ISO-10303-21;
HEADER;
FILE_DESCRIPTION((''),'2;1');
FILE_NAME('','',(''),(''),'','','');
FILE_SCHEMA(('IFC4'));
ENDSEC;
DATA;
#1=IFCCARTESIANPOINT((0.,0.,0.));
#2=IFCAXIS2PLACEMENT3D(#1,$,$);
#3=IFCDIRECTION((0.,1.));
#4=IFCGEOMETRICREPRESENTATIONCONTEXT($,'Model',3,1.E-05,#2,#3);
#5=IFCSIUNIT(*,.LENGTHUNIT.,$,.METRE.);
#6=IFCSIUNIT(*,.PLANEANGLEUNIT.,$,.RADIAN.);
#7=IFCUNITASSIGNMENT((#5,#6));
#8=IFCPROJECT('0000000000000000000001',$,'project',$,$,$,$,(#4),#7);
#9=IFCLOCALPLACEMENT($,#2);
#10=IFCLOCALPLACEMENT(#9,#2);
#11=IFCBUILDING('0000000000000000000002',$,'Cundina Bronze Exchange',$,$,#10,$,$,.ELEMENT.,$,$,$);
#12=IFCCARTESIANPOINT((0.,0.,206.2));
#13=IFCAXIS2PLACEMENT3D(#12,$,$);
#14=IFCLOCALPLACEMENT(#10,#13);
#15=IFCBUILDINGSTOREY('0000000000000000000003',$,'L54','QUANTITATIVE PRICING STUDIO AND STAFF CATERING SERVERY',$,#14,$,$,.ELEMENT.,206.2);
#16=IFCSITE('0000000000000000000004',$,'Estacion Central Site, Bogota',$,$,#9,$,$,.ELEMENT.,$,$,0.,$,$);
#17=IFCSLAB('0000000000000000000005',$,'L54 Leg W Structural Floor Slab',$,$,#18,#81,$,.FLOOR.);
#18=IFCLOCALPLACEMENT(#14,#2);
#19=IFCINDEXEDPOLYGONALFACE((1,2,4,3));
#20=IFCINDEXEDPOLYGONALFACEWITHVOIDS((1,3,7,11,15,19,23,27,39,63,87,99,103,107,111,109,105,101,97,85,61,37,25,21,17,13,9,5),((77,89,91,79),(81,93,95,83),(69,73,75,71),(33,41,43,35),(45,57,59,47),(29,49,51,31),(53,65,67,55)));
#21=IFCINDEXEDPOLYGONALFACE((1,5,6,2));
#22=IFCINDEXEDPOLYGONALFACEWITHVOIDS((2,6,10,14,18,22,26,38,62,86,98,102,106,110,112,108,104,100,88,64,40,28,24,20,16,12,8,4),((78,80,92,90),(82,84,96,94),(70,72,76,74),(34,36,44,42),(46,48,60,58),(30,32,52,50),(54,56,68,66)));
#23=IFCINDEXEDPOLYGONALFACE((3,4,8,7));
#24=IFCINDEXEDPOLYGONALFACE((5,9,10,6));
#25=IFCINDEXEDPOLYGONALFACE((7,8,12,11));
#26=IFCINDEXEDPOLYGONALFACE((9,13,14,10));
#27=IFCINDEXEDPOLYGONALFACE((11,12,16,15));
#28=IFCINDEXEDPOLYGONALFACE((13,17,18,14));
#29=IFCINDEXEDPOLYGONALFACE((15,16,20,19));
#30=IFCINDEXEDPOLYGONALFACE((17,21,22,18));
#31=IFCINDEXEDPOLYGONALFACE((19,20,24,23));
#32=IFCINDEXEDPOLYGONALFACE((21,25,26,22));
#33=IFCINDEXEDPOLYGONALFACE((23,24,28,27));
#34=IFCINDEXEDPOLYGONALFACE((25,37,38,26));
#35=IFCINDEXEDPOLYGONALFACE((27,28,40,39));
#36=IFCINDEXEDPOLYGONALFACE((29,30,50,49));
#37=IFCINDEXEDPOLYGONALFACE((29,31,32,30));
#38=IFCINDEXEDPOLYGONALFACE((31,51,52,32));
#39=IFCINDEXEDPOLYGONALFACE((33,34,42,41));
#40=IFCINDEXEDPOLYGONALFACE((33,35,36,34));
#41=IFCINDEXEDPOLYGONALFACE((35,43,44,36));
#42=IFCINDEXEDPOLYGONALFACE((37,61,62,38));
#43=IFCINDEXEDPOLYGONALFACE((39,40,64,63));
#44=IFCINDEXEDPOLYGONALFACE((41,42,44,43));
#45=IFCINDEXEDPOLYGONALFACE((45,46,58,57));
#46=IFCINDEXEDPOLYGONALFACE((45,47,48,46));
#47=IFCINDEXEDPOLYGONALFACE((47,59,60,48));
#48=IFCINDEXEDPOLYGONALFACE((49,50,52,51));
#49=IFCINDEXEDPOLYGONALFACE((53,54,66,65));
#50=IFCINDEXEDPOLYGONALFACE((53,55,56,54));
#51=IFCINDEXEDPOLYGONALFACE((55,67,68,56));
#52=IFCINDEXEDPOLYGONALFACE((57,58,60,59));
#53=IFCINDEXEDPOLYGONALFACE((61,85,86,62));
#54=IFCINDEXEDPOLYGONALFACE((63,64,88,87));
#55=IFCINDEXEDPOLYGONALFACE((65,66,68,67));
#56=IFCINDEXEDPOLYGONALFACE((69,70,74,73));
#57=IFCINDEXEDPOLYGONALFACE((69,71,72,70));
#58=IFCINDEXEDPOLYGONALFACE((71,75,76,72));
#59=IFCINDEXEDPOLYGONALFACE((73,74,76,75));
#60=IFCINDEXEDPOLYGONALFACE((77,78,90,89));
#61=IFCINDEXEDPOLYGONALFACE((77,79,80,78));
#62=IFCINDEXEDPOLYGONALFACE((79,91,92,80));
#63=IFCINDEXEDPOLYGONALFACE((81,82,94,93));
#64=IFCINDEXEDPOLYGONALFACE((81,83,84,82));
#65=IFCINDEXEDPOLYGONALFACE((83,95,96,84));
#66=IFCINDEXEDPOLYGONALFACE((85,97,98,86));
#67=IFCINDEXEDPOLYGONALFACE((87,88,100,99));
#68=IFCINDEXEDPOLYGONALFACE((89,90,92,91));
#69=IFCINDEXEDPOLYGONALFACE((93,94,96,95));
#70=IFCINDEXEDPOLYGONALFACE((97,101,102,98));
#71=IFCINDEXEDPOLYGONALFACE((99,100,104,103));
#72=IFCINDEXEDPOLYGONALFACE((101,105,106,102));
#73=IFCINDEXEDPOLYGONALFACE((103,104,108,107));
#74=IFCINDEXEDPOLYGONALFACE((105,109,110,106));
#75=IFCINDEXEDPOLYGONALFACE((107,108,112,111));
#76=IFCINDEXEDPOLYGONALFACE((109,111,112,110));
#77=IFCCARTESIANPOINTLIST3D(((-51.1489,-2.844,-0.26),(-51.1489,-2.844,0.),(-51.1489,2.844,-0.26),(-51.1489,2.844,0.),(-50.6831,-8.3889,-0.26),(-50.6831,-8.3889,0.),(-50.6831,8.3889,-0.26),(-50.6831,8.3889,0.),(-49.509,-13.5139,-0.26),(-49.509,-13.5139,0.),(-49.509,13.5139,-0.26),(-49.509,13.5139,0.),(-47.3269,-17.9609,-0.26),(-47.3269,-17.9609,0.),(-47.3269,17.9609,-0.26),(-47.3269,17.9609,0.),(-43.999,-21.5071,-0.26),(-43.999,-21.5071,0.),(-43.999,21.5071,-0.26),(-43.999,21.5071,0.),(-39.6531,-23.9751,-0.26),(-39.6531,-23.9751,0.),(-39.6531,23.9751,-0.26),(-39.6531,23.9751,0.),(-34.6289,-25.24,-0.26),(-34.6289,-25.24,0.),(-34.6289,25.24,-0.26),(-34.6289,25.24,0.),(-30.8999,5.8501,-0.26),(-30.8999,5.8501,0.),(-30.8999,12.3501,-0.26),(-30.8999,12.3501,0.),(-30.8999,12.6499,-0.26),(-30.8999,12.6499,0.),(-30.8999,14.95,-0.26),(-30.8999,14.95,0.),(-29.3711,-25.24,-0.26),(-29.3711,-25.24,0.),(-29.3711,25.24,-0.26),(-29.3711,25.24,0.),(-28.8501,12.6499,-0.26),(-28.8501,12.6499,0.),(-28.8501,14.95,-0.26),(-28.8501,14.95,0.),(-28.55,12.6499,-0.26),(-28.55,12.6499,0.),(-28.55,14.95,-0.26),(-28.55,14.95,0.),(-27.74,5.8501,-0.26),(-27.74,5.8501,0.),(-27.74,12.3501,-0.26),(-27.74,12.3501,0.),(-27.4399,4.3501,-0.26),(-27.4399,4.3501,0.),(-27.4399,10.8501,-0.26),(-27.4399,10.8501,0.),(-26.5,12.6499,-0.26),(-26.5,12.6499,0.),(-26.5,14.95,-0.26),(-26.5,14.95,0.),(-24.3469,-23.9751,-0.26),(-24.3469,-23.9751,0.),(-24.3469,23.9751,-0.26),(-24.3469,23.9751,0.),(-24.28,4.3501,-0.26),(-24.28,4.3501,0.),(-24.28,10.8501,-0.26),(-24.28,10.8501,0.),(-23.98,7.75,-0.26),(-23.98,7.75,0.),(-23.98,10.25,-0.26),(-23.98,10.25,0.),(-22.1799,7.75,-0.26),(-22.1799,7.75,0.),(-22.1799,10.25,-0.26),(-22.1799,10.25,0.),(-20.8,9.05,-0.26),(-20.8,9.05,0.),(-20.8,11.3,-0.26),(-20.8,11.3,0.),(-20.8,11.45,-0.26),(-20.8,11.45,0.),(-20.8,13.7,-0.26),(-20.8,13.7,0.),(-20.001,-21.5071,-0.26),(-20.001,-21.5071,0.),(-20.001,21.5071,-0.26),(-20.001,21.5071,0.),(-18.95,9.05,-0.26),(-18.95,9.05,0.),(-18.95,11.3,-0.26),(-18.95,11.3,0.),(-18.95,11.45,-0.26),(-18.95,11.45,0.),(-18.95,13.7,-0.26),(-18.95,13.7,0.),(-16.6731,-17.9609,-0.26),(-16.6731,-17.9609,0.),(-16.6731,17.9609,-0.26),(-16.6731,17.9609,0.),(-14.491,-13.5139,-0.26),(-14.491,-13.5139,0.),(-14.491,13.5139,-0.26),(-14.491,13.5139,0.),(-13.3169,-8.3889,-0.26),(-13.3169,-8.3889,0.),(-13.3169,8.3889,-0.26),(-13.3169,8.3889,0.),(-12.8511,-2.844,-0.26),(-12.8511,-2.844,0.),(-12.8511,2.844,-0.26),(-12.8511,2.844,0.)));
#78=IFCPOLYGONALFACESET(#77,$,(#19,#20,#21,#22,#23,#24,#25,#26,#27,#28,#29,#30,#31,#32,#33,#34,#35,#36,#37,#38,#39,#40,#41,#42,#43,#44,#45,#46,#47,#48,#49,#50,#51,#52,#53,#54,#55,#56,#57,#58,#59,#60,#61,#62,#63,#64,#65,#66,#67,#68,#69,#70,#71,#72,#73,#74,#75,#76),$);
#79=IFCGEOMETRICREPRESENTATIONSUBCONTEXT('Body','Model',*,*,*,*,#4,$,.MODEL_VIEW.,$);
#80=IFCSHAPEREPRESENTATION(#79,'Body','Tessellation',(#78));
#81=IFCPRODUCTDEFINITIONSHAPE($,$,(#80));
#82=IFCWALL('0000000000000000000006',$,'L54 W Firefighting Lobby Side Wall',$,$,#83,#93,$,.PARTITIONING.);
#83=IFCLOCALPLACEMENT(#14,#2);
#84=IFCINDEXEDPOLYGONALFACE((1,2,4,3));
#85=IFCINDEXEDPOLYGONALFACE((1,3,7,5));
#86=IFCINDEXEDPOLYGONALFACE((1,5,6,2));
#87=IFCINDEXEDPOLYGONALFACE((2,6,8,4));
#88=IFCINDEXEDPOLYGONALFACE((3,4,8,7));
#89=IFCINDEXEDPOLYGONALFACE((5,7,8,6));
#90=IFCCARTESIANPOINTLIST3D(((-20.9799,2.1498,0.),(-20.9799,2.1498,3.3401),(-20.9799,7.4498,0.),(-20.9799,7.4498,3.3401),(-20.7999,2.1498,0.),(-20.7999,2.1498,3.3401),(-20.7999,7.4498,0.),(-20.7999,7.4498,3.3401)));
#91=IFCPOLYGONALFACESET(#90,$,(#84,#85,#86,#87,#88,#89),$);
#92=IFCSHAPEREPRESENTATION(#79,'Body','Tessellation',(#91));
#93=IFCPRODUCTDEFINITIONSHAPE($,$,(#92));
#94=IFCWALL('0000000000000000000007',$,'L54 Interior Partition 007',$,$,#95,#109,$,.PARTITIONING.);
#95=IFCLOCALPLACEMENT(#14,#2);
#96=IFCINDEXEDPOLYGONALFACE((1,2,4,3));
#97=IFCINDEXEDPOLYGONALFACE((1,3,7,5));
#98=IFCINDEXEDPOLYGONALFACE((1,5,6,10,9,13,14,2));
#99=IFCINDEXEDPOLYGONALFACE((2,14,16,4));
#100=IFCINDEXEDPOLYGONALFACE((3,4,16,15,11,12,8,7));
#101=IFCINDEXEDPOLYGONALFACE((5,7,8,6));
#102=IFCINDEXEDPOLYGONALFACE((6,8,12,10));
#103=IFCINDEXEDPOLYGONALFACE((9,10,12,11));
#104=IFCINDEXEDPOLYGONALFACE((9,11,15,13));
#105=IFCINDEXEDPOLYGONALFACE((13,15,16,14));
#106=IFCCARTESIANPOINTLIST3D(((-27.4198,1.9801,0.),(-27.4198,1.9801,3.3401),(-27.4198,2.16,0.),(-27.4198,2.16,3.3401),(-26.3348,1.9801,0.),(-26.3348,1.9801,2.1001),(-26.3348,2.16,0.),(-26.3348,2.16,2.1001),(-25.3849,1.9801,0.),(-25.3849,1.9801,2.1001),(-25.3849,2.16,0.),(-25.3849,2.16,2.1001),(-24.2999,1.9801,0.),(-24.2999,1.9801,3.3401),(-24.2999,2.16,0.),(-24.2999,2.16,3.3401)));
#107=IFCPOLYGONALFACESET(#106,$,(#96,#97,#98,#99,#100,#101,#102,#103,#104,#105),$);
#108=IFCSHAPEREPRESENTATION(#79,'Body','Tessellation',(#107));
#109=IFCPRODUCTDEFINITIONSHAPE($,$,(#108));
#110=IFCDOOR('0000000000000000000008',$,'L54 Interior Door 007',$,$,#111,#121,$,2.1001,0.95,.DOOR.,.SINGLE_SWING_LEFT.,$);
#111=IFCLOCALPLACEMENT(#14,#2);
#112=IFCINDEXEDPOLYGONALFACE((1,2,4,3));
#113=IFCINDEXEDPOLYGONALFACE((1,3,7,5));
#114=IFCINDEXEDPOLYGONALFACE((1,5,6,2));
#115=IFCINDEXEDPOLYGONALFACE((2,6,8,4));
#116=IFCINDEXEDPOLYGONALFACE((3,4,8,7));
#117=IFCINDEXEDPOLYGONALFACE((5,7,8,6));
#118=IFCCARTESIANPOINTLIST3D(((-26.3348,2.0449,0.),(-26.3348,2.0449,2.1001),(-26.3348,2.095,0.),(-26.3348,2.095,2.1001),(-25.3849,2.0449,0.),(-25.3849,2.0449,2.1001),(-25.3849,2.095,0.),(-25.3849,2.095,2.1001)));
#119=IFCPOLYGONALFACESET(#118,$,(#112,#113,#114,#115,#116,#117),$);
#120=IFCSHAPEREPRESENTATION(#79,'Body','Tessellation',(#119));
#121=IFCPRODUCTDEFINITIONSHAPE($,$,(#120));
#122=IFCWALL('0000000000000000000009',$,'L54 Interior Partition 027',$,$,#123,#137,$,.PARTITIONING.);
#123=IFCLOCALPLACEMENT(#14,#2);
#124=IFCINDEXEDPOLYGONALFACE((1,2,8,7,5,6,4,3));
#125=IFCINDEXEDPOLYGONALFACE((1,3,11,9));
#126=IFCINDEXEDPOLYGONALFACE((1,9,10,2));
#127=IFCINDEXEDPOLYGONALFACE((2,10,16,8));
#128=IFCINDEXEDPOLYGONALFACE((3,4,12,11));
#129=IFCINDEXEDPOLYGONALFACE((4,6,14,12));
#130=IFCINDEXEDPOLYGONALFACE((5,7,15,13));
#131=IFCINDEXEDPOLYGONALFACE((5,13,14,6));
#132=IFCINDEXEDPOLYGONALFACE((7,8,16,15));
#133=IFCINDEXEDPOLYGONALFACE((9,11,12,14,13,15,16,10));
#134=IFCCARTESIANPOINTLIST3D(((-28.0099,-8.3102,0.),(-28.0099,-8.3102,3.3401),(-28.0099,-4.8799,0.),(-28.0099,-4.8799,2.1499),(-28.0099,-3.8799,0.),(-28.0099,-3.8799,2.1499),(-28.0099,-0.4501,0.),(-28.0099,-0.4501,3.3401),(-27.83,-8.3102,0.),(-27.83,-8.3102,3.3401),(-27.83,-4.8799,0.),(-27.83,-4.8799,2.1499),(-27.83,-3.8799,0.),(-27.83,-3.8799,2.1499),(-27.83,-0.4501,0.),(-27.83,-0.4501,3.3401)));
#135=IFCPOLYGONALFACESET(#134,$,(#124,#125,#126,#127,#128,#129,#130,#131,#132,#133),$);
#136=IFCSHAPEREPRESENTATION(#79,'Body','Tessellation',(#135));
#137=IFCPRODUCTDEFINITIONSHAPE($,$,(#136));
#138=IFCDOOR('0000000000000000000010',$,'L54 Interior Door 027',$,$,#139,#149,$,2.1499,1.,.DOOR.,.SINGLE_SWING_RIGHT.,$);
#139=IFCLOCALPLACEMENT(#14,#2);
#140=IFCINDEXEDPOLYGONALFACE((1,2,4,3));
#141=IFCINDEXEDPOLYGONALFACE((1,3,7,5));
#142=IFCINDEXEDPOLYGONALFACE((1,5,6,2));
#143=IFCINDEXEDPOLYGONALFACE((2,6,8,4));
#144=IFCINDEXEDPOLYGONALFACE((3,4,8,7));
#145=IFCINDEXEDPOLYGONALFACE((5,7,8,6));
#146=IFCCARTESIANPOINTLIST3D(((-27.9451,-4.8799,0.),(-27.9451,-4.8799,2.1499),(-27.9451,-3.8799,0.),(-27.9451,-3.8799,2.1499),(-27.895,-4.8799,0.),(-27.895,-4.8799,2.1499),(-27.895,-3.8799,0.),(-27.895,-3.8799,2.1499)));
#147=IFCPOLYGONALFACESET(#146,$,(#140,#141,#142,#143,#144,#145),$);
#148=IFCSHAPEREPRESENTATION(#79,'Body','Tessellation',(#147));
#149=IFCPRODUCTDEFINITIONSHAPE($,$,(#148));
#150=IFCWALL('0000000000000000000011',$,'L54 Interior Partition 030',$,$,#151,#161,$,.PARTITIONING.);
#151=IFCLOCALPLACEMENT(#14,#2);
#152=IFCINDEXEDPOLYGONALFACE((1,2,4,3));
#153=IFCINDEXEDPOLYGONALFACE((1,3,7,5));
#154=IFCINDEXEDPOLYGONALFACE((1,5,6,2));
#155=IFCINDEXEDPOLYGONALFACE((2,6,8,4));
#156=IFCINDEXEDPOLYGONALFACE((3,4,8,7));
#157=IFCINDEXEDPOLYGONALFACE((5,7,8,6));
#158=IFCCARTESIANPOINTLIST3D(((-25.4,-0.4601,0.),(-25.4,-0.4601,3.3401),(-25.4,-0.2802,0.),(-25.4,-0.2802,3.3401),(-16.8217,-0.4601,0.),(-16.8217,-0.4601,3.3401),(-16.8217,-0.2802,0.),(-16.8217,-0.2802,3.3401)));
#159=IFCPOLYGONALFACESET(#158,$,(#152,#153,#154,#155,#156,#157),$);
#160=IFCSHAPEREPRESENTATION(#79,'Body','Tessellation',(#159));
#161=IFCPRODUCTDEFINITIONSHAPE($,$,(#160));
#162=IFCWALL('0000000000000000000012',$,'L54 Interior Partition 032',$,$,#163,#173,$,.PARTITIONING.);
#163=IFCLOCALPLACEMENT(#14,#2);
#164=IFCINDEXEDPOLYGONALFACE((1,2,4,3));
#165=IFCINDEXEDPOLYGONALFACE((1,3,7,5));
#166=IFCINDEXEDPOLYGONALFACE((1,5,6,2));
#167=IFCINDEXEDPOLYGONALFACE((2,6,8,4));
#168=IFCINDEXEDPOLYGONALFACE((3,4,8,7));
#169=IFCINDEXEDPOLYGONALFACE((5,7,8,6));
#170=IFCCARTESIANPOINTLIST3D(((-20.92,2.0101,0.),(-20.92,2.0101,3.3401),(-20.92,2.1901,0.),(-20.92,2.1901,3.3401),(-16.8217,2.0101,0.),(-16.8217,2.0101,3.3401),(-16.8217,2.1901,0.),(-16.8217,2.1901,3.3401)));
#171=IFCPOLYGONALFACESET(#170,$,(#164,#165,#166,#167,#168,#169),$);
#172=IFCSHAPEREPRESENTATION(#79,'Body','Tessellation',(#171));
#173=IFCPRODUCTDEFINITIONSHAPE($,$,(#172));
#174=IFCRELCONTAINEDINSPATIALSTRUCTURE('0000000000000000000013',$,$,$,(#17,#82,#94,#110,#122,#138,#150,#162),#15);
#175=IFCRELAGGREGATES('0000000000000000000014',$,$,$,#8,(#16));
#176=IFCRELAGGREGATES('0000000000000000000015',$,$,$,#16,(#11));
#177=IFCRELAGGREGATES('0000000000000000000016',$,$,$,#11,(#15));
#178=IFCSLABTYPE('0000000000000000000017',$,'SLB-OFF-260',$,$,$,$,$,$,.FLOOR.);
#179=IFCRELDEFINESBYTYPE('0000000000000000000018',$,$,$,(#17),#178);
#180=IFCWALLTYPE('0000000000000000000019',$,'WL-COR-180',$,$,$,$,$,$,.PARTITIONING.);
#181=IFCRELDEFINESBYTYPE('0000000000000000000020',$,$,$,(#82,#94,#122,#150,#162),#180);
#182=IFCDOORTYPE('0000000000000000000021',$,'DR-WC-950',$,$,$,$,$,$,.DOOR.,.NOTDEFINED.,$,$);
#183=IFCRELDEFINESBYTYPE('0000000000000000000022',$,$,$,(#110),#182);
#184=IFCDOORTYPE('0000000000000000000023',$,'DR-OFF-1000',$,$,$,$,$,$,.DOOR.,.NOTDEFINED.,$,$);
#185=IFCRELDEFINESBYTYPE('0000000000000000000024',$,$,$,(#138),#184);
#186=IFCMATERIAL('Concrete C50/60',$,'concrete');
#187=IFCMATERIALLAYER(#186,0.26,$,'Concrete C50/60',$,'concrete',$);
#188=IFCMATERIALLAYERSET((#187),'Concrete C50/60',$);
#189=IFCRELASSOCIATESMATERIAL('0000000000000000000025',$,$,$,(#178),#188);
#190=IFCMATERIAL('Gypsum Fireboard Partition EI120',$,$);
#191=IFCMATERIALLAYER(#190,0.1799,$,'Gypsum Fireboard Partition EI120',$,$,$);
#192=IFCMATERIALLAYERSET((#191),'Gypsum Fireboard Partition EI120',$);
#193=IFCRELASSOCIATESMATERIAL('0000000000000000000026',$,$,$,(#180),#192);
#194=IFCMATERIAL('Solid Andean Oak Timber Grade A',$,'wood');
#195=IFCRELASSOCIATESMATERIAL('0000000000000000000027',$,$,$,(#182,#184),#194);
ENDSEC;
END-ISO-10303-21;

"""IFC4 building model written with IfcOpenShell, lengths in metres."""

from ifc_helpers import new_model, si_unit, direction, frame, frame_2d, origin, place, context, subcontext, project, spatial, polyline, rectangle, outline, extrude, material, layer, layer_set, type_object, element, fill, save


model = new_model("IFC4")

# Units and contexts
model_context = context("Model", 3, precision=1e-05, world=origin(), true_north=direction((0.0, 1.0)))
body_context = subcontext(model_context, "Body", "Model", "MODEL_VIEW")
ifc_project = project(units=[si_unit("LENGTHUNIT", "METRE"), si_unit("PLANEANGLEUNIT", "RADIAN")], contexts=[model_context])

# Site, building, storey
site_placement = place(None, origin())
site = spatial("IfcSite", under=ifc_project, at=site_placement, Name="Estacion Central Site, Bogota", CompositionType="ELEMENT", RefElevation=0.0)
building_placement = place(site_placement, origin())
building = spatial("IfcBuilding", under=site, at=building_placement, Name="Cundina Bronze Exchange", CompositionType="ELEMENT")
storey_placement = place(building_placement, frame((0.0, 0.0, 206.2)))
storey = spatial("IfcBuildingStorey", under=building, at=storey_placement, Name="L54", Description="QUANTITATIVE PRICING STUDIO AND STAFF CATERING SERVERY", CompositionType="ELEMENT", Elevation=206.2)

# Shared definitions
ifc_material_1 = material(Name="Concrete C50/60", Category="concrete")

# Slab
ifc_layer_1 = layer(ifc_material_1, 0.26, Name="Concrete C50/60", Category="concrete")
ifc_layer_set_1 = layer_set([ifc_layer_1], Name="Concrete C50/60")
slab_type = type_object("IfcSlabType", Name="SLB-OFF-260", PredefinedType="FLOOR", material=ifc_layer_set_1)
slab_placement = place(storey_placement, frame((0.0, 0.0, -0.26)))
element("IfcSlab", 1, at=slab_placement, inside=storey, type_object=slab_type, Name="L54 Leg W Structural Floor Slab", PredefinedType="FLOOR", context=body_context, shape_type="SweptSolid", body=[
    extrude(outline(polyline([(-12.8511, 2.844), (-13.3169, 8.3889), (-14.491, 13.5139), (-16.6731, 17.9609), (-20.001, 21.5071), (-24.3469, 23.9751), (-29.3711, 25.24), (-34.6289, 25.24), (-39.6531, 23.9751), (-43.999, 21.5071), (-47.3269, 17.9609), (-49.509, 13.5139), (-50.6831, 8.3889), (-51.1489, 2.844), (-51.1489, -2.844), (-50.6831, -8.3889), (-49.509, -13.5139), (-47.3269, -17.9609), (-43.999, -21.5071), (-39.6531, -23.9751), (-34.6289, -25.24), (-29.3711, -25.24), (-24.3469, -23.9751), (-20.001, -21.5071), (-16.6731, -17.9609), (-14.491, -13.5139), (-13.3169, -8.3889), (-12.8511, -2.844), (-12.8511, 2.844)]), holes=[polyline([(-27.74, 5.8501), (-27.74, 12.3501), (-30.8999, 12.3501), (-30.8999, 5.8501), (-27.74, 5.8501)]), polyline([(-27.4399, 10.8501), (-27.4399, 4.3501), (-24.28, 4.3501), (-24.28, 10.8501), (-27.4399, 10.8501)]), polyline([(-23.98, 10.25), (-22.1799, 10.25), (-22.1799, 7.75), (-23.98, 7.75), (-23.98, 10.25)]), polyline([(-30.8999, 14.95), (-28.8501, 14.95), (-28.8501, 12.6499), (-30.8999, 12.6499), (-30.8999, 14.95)]), polyline([(-28.55, 14.95), (-26.5, 14.95), (-26.5, 12.6499), (-28.55, 12.6499), (-28.55, 14.95)]), polyline([(-20.8, 13.7), (-18.95, 13.7), (-18.95, 11.45), (-20.8, 11.45), (-20.8, 13.7)]), polyline([(-20.8, 11.3), (-18.95, 11.3), (-18.95, 9.05), (-20.8, 9.05), (-20.8, 11.3)])]), origin(), (0.0, 0.0, 1.0), 0.26),
])

# Wall
ifc_material_2 = material(Name="Gypsum Fireboard Partition EI120")
ifc_layer_2 = layer(ifc_material_2, 0.1799, Name="Gypsum Fireboard Partition EI120")
ifc_layer_set_2 = layer_set([ifc_layer_2], Name="Gypsum Fireboard Partition EI120")
wall_type_1 = type_object("IfcWallType", Name="WL-COR-180", PredefinedType="PARTITIONING", material=ifc_layer_set_2)
wall_1_placement = place(storey_placement, frame((-20.8899, 2.1499, 0.0), z_axis=(0.0, 0.0, 1.0), x_axis=(0.0, 1.0, 0.0)))
element("IfcWall", 2, at=wall_1_placement, inside=storey, type_object=wall_type_1, Name="L54 W Firefighting Lobby Side Wall", PredefinedType="PARTITIONING", context=body_context, shape_type="SweptSolid", body=[
    extrude(rectangle(XDim=5.3, YDim=0.1799, at=frame_2d((2.6499, 0.0))), origin(), (0.0, 0.0, 1.0), 3.3401),
])

# Walls, openings, doors
wall_2_placement = place(storey_placement, frame((-27.4199, 2.0701, 0.0), z_axis=(0.0, 0.0, 1.0), x_axis=(1.0, 0.0, 0.0)))
wall_2 = element("IfcWall", 3, at=wall_2_placement, inside=storey, type_object=wall_type_1, Name="L54 Interior Partition 007", PredefinedType="PARTITIONING", context=body_context, shape_type="SweptSolid", body=[
    extrude(rectangle(XDim=3.1199, YDim=0.1799, at=frame_2d((1.5601, 0.0))), origin(), (0.0, 0.0, 1.0), 3.3401),
])
opening_1_placement = place(wall_2_placement, frame((1.085, 0.0, 0.0)))
opening_1 = element("IfcOpeningElement", 4, at=opening_1_placement, cuts=wall_2, PredefinedType="OPENING", context=body_context, shape_type="SweptSolid", body=[
    extrude(rectangle(XDim=0.95, YDim=2.1001, at=frame_2d((0.4751, 1.05))), frame((0.0, 0.0999, 0.0), z_axis=(0.0, -1.0, 0.0), x_axis=(1.0, 0.0, 0.0)), (0.0, 0.0, 1.0), 0.2),
])
ifc_material_3 = material(Name="Solid Andean Oak Timber Grade A", Category="wood")
door_type_1 = type_object("IfcDoorType", Name="DR-WC-950", OperationType="NOTDEFINED", PredefinedType="DOOR", material=ifc_material_3)
door_1_placement = place(opening_1_placement, origin())
door_1 = element("IfcDoor", 5, at=door_1_placement, inside=storey, type_object=door_type_1, Name="L54 Interior Door 007", OperationType="SINGLE_SWING_LEFT", OverallHeight=2.1001, OverallWidth=0.95, PredefinedType="DOOR", context=body_context, shape_type="SweptSolid", body=[
    extrude(rectangle(XDim=0.95, YDim=2.1001, at=frame_2d((0.4751, 1.05))), frame((0.0, 0.0249, 0.0), z_axis=(0.0, -1.0, 0.0), x_axis=(1.0, 0.0, 0.0)), (0.0, 0.0, 1.0), 0.05),
])
fill(opening_1, door_1)
wall_3_placement = place(storey_placement, frame((-27.9199, -0.45, 0.0), z_axis=(0.0, 0.0, 1.0), x_axis=(0.0, -1.0, 0.0)))
wall_3 = element("IfcWall", 6, at=wall_3_placement, inside=storey, type_object=wall_type_1, Name="L54 Interior Partition 027", PredefinedType="PARTITIONING", context=body_context, shape_type="SweptSolid", body=[
    extrude(rectangle(XDim=7.8601, YDim=0.1799, at=frame_2d((3.9302, 0.0))), origin(), (0.0, 0.0, 1.0), 3.3401),
])
opening_2_placement = place(wall_3_placement, frame((3.4299, 0.0, 0.0)))
opening_2 = element("IfcOpeningElement", 7, at=opening_2_placement, cuts=wall_3, PredefinedType="OPENING", context=body_context, shape_type="SweptSolid", body=[
    extrude(rectangle(XDim=1.0, YDim=2.1499, at=frame_2d((0.5, 1.075))), frame((0.0, 0.0999, 0.0), z_axis=(0.0, -1.0, 0.0), x_axis=(1.0, 0.0, 0.0)), (0.0, 0.0, 1.0), 0.2),
])
door_type_2 = type_object("IfcDoorType", Name="DR-OFF-1000", OperationType="NOTDEFINED", PredefinedType="DOOR", material=ifc_material_3)
door_2_placement = place(opening_2_placement, origin())
door_2 = element("IfcDoor", 8, at=door_2_placement, inside=storey, type_object=door_type_2, Name="L54 Interior Door 027", OperationType="SINGLE_SWING_RIGHT", OverallHeight=2.1499, OverallWidth=1.0, PredefinedType="DOOR", context=body_context, shape_type="SweptSolid", body=[
    extrude(rectangle(XDim=1.0, YDim=2.1499, at=frame_2d((0.5, 1.075))), frame((0.0, 0.0249, 0.0), z_axis=(0.0, -1.0, 0.0), x_axis=(1.0, 0.0, 0.0)), (0.0, 0.0, 1.0), 0.05),
])
fill(opening_2, door_2)

# Walls
wall_4_placement = place(storey_placement, frame((-25.3999, -0.3701, 0.0), z_axis=(0.0, 0.0, 1.0), x_axis=(1.0, 0.0, 0.0)))
element("IfcWall", 9, at=wall_4_placement, inside=storey, type_object=wall_type_1, Name="L54 Interior Partition 030", PredefinedType="PARTITIONING", context=body_context, shape_type="SweptSolid", body=[
    extrude(rectangle(XDim=8.5784, YDim=0.1799, at=frame_2d((4.2891, 0.0))), origin(), (0.0, 0.0, 1.0), 3.3401),
])
wall_5_placement = place(storey_placement, frame((-16.8215, 2.1001, 0.0), z_axis=(0.0, 0.0, 1.0), x_axis=(-1.0, 0.0, 0.0)))
element("IfcWall", 10, at=wall_5_placement, inside=storey, type_object=wall_type_1, Name="L54 Interior Partition 032", PredefinedType="PARTITIONING", context=body_context, shape_type="SweptSolid", body=[
    extrude(rectangle(XDim=4.0984, YDim=0.1799, at=frame_2d((2.0493, 0.0))), origin(), (0.0, 0.0, 1.0), 3.3401),
])

save(model, "model.ifc")
